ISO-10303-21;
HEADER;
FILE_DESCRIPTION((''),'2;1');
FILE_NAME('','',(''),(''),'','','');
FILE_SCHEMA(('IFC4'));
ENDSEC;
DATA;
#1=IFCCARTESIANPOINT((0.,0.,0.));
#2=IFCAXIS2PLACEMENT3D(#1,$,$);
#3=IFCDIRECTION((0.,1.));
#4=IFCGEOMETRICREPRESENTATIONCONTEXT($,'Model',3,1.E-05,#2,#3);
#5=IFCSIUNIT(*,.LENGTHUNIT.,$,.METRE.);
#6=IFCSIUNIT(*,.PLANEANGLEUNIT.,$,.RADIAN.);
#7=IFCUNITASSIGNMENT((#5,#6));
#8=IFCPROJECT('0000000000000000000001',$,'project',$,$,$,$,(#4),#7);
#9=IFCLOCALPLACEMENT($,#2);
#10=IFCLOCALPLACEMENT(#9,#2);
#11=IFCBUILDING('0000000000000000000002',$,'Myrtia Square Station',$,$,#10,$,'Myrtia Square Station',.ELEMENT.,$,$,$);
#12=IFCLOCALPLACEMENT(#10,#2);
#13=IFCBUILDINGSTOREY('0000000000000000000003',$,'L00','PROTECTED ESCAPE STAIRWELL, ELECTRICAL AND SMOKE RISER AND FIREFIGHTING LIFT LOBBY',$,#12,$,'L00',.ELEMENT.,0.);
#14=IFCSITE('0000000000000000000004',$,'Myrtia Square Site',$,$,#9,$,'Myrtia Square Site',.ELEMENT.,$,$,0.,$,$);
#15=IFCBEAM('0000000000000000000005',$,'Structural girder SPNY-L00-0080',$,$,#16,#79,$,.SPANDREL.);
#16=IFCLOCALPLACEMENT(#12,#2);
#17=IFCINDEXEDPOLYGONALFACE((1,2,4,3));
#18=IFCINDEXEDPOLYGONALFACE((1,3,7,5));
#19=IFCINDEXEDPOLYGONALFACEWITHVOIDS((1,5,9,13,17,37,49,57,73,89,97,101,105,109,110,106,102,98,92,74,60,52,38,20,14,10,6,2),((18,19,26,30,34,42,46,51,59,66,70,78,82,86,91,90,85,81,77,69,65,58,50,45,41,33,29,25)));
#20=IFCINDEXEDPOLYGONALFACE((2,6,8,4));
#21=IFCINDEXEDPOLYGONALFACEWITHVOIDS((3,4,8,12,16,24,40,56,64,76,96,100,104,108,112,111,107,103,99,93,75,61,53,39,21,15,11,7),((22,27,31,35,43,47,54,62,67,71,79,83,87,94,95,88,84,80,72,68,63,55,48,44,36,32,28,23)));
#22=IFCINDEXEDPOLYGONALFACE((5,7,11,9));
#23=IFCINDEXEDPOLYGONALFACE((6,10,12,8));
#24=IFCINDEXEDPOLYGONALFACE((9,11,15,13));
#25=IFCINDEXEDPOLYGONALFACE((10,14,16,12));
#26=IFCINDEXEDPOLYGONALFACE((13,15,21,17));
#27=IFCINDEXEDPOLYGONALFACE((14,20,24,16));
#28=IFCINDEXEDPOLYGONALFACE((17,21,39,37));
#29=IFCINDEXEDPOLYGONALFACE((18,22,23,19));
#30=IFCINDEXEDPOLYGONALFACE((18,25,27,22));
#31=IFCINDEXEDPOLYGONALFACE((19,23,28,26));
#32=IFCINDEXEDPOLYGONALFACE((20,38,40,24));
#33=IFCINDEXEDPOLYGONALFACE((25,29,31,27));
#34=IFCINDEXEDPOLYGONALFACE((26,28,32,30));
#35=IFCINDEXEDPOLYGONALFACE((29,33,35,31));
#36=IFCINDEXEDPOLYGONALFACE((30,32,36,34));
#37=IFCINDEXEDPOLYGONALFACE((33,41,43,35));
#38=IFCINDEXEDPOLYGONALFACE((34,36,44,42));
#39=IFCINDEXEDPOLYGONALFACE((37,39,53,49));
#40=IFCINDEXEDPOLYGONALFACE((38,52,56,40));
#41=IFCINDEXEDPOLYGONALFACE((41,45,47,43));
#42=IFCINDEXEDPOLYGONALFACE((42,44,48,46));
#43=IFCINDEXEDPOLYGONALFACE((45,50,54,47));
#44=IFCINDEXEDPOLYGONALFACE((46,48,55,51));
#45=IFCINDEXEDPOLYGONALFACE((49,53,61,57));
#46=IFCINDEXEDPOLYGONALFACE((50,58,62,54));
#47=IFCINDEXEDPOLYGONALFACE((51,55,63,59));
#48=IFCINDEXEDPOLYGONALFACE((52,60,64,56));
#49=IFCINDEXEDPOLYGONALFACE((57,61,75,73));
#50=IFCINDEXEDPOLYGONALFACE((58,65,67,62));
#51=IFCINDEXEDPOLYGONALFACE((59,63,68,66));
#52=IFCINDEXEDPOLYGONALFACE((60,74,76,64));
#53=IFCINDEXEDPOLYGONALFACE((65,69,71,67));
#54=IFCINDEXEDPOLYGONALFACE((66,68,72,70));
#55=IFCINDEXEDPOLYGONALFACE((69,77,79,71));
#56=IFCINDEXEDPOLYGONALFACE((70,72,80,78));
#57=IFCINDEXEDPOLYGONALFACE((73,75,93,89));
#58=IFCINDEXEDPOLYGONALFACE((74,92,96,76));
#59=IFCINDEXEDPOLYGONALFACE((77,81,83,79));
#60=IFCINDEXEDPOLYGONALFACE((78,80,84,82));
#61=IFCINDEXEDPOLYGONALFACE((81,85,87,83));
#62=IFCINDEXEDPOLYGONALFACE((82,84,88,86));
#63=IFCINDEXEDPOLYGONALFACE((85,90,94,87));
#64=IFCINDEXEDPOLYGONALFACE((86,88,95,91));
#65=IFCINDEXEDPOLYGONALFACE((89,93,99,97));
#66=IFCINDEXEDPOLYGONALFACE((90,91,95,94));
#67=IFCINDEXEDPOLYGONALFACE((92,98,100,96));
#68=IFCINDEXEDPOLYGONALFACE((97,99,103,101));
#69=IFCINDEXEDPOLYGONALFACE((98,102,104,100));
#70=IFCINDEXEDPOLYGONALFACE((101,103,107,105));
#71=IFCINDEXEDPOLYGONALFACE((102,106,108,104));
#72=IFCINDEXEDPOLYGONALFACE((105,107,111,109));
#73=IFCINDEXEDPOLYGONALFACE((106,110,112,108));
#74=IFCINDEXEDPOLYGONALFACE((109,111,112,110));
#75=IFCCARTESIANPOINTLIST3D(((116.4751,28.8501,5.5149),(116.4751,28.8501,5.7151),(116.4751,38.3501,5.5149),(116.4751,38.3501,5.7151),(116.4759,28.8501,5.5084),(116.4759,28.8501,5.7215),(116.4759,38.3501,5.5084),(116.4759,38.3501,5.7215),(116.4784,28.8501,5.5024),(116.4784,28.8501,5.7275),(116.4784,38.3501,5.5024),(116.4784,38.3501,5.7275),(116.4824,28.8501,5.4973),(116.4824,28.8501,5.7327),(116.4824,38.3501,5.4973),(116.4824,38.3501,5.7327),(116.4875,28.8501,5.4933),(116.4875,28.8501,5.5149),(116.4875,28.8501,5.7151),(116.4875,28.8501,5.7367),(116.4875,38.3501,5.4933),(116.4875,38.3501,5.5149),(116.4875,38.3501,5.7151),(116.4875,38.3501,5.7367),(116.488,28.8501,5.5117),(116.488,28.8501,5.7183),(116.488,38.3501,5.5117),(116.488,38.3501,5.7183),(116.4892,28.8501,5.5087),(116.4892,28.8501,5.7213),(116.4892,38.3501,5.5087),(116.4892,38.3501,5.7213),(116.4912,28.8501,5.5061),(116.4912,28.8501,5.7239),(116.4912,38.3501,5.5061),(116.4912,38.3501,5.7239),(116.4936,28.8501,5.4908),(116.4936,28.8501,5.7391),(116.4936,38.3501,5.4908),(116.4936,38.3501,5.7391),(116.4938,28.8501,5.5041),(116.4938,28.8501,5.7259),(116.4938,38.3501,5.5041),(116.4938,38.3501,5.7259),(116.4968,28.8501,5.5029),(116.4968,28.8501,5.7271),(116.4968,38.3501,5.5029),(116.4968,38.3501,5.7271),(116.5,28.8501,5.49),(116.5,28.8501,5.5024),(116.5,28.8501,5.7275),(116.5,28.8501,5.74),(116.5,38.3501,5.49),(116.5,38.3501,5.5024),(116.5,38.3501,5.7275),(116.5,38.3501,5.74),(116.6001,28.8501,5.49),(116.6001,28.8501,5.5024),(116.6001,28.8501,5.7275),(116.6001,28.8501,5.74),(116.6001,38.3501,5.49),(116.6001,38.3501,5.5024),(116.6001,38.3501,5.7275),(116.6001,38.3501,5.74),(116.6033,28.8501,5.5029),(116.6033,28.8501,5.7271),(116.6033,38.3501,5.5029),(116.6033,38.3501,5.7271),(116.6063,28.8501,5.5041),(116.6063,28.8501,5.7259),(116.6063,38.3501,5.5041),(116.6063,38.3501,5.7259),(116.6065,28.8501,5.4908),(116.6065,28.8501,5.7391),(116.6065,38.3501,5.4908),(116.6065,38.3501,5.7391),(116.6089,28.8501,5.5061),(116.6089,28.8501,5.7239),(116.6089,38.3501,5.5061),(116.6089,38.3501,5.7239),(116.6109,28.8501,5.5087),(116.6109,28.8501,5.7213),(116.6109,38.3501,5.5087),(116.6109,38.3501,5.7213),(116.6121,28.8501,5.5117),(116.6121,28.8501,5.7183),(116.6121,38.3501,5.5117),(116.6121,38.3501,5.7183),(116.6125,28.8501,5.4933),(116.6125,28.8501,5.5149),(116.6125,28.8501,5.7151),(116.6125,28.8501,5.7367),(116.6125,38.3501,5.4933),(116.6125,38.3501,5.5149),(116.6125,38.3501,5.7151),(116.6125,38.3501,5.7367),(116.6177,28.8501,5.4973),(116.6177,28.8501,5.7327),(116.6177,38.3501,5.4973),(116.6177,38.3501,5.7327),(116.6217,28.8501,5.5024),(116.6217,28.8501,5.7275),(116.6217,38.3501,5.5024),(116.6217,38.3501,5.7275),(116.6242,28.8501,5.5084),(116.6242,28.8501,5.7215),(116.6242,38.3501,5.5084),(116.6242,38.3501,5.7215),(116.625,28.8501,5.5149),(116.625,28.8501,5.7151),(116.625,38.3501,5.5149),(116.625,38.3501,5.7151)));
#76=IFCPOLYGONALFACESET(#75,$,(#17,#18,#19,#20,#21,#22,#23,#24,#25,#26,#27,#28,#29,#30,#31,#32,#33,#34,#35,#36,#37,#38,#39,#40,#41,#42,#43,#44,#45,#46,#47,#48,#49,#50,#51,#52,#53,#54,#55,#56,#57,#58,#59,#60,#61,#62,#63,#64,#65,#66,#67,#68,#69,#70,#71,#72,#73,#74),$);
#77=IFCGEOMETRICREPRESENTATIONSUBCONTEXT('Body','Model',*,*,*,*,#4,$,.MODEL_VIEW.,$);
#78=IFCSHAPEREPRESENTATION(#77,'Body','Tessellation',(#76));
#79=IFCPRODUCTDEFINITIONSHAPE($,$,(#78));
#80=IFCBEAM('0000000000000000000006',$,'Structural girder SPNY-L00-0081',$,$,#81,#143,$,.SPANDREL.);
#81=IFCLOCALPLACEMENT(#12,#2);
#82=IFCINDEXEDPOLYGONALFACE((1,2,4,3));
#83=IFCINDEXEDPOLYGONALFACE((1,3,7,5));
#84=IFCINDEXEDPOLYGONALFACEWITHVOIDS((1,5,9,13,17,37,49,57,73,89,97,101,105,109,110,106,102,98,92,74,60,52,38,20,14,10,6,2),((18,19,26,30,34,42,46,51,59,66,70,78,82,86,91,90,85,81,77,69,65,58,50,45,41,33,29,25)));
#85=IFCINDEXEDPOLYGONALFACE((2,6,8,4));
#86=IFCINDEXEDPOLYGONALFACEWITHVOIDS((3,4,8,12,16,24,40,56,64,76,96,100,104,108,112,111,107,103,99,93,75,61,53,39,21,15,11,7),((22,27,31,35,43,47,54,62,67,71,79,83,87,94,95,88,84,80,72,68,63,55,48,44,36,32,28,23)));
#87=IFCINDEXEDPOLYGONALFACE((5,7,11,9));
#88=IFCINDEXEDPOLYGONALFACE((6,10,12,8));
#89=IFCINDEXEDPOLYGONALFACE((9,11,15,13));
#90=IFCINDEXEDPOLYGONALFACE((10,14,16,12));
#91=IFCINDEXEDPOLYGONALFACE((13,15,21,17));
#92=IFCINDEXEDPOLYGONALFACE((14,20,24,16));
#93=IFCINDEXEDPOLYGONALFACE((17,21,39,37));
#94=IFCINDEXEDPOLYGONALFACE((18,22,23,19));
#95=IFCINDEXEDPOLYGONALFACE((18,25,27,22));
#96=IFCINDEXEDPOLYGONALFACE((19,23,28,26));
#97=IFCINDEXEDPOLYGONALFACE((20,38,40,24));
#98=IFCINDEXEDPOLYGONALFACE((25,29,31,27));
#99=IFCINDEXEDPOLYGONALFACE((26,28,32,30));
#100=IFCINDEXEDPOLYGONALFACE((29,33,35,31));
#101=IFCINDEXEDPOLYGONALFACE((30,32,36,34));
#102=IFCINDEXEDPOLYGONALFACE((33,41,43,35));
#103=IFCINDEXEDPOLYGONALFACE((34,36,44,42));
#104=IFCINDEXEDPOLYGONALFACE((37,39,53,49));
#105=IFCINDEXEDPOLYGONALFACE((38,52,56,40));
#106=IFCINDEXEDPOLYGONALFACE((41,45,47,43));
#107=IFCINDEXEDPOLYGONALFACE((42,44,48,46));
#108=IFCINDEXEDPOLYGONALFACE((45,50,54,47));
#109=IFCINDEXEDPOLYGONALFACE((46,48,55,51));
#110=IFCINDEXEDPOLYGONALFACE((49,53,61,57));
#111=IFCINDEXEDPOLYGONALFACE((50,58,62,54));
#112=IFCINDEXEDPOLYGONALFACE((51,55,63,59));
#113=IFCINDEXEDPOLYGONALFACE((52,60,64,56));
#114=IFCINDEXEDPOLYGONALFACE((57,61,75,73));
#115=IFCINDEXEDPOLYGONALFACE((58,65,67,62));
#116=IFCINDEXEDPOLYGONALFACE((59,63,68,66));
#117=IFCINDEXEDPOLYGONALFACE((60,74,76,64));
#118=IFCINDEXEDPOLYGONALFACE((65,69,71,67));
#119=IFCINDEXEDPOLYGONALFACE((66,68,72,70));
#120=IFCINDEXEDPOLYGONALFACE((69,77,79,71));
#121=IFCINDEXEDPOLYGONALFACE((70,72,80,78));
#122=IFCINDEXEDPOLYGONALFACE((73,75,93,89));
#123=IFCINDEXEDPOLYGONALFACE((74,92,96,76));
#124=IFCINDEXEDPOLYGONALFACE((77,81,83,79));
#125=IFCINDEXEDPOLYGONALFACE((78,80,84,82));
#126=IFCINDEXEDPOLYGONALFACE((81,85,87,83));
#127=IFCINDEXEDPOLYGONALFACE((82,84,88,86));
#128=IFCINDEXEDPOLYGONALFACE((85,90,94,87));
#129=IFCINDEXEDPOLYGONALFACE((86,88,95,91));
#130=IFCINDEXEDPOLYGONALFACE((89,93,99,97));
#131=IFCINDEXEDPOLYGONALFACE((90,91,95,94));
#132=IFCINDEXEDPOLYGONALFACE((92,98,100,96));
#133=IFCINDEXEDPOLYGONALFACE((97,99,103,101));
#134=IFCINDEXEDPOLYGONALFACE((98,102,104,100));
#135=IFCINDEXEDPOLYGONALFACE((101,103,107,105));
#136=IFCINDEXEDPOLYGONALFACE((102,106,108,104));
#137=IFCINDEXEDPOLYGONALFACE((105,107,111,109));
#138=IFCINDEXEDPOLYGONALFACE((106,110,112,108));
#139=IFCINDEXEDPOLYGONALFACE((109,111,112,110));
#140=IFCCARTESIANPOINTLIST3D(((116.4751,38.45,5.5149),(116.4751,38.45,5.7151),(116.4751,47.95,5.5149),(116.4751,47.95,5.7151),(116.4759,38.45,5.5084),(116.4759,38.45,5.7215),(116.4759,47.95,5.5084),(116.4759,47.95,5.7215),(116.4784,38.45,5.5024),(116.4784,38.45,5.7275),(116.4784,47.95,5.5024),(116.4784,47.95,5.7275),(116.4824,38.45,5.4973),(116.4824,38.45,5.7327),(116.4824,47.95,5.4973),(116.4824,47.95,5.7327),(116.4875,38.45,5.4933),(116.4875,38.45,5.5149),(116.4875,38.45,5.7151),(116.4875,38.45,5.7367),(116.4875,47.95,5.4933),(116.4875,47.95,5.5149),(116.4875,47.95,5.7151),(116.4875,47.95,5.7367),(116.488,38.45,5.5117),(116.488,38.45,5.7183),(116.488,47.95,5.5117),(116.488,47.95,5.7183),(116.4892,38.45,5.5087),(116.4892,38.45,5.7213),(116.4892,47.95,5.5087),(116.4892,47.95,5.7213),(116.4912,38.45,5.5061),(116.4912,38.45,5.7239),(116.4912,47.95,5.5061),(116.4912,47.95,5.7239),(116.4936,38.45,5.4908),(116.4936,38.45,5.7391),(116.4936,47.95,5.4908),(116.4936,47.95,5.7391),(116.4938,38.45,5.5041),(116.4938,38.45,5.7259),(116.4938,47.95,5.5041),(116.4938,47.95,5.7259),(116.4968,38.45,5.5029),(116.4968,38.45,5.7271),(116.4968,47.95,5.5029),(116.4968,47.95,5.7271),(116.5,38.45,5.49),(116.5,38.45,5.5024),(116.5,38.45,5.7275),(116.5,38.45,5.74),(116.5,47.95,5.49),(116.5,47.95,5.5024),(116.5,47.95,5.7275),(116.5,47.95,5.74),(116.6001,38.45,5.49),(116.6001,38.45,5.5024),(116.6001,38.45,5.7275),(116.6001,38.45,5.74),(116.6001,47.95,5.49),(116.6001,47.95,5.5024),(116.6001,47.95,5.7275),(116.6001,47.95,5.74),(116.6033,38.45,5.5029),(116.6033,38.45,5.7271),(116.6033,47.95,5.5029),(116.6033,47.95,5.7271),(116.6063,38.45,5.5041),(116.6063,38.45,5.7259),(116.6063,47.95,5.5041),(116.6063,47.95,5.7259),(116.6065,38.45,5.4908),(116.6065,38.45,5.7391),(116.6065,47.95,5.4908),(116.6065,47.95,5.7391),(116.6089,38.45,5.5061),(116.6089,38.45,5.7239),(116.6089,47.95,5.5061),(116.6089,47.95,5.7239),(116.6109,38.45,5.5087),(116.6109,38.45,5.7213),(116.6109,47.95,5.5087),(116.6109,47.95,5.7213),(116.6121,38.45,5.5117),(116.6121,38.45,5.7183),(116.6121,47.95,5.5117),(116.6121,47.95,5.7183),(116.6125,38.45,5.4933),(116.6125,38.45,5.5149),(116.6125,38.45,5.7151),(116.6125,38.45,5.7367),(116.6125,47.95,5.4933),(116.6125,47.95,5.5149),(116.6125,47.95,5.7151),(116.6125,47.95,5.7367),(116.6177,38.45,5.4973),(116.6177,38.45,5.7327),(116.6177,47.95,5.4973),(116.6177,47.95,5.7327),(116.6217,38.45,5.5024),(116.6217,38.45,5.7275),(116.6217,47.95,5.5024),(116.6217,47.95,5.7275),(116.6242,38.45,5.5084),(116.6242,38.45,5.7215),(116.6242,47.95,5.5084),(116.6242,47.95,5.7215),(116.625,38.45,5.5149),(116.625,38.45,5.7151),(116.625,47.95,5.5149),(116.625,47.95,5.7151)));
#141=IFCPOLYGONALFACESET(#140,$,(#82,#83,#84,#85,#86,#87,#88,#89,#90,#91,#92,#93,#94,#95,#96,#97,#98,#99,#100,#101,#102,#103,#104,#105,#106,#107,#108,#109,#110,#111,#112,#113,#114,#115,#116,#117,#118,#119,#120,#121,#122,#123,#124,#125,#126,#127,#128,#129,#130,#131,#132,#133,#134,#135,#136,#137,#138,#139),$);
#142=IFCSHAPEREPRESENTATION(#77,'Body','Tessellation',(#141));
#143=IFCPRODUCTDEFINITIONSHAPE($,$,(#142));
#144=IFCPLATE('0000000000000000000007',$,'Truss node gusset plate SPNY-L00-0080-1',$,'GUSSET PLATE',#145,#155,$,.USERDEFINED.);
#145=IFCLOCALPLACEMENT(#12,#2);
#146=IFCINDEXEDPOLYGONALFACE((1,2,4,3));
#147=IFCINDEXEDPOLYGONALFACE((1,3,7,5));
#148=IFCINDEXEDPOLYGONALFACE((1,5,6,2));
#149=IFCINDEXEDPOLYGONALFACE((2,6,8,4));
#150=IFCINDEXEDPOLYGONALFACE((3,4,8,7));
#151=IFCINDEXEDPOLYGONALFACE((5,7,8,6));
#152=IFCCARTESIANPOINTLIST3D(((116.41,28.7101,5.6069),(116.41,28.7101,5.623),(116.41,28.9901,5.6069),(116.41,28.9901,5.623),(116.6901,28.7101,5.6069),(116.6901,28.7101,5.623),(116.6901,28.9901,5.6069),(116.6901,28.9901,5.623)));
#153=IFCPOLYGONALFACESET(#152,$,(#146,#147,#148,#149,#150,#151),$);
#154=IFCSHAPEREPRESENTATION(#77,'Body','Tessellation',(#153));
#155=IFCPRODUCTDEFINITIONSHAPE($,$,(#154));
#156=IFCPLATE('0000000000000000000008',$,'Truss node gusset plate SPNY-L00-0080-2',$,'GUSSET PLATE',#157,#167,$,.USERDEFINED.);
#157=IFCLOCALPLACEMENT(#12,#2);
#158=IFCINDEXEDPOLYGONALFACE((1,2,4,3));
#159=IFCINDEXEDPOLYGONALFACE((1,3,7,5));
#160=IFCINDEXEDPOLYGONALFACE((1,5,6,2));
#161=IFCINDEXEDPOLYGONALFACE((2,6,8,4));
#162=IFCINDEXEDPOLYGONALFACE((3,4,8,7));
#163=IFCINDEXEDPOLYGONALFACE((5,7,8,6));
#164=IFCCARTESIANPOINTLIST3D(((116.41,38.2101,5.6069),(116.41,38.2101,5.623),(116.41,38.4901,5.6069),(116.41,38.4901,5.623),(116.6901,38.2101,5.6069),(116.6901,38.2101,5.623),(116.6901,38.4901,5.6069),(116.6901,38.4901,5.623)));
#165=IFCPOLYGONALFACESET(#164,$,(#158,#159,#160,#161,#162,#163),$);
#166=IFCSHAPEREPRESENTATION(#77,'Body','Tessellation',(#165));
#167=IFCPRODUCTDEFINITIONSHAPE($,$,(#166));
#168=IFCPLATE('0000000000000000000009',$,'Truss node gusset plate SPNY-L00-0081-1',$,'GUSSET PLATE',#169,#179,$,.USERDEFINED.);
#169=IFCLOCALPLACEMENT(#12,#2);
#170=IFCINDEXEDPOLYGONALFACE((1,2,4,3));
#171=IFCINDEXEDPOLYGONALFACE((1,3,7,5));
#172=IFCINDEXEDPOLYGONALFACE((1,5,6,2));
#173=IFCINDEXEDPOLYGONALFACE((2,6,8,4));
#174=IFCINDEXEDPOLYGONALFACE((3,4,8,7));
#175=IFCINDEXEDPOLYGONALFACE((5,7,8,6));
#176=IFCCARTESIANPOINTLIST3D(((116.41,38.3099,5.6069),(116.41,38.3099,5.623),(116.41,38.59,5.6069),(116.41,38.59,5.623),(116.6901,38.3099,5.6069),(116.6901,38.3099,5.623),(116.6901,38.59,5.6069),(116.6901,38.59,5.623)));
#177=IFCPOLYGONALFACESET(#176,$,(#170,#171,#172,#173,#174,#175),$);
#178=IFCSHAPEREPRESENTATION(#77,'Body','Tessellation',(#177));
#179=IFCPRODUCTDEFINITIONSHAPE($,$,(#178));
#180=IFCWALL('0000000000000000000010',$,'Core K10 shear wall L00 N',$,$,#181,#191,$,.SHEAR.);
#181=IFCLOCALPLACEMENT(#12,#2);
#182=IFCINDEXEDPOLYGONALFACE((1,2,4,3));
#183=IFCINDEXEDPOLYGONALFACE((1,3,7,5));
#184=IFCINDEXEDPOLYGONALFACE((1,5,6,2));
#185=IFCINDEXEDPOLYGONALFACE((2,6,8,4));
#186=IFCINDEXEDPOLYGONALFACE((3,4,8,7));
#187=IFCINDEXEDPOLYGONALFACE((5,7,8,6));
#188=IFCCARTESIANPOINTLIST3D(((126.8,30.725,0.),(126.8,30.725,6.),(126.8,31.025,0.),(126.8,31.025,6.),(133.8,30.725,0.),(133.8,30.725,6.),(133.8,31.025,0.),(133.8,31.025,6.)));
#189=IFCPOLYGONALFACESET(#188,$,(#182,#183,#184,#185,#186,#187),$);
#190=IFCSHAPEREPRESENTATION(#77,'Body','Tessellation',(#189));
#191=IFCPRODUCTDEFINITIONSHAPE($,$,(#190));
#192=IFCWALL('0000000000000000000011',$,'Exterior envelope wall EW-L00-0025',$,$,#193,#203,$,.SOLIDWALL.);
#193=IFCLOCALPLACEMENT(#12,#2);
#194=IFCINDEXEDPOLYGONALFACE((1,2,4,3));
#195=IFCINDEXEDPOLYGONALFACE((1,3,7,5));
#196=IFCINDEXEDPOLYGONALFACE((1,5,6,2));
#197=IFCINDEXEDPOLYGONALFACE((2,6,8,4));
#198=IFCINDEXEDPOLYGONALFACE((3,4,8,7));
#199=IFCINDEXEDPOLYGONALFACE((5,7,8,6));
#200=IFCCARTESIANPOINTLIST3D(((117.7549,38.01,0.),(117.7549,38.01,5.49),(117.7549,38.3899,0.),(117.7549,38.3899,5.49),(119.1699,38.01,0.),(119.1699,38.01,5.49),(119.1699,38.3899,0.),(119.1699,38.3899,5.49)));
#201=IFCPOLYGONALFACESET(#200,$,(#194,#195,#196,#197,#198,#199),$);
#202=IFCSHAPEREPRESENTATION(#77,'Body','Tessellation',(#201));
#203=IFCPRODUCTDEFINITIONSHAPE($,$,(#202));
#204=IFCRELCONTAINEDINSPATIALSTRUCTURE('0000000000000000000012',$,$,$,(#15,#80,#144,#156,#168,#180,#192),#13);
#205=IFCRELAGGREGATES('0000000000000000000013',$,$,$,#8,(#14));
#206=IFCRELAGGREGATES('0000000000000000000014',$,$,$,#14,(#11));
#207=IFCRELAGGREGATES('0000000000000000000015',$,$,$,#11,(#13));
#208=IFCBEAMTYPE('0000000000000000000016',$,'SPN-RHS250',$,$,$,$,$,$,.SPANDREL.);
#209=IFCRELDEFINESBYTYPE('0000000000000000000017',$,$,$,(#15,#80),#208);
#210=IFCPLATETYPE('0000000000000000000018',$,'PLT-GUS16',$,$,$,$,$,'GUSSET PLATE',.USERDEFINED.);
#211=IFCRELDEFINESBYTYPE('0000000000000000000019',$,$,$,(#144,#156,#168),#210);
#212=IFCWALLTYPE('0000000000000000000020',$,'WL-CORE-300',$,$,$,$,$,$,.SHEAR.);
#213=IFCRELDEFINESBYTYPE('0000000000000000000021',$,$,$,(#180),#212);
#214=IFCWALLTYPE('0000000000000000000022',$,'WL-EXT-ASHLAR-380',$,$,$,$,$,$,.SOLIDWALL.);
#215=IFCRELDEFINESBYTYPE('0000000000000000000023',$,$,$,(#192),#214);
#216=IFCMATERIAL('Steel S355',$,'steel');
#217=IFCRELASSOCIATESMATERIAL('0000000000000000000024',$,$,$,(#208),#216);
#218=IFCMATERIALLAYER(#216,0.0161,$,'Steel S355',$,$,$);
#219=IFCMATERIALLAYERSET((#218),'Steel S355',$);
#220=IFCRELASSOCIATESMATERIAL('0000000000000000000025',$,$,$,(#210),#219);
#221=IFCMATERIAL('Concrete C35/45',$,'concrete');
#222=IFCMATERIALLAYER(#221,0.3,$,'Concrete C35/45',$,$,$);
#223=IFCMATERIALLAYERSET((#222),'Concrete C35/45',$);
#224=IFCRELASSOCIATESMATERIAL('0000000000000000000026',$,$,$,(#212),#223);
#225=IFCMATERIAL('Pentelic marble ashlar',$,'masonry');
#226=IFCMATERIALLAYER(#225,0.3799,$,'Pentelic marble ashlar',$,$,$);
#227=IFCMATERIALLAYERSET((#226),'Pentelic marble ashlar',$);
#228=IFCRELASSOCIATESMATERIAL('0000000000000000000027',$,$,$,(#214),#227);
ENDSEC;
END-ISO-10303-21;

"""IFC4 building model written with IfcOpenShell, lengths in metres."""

from ifc_helpers import new_model, si_unit, direction, frame, frame_2d, origin, origin_2d, place, context, subcontext, project, spatial, rectangle, hollow_rectangle, extrude, material, layer, layer_set, material_profile, profile_set, type_object, element, save


model = new_model("IFC4")

# Units and contexts
model_context = context("Model", 3, precision=1e-05, world=origin(), true_north=direction((0.0, 1.0)))
body_context = subcontext(model_context, "Body", "Model", "MODEL_VIEW")
ifc_project = project(units=[si_unit("LENGTHUNIT", "METRE"), si_unit("PLANEANGLEUNIT", "RADIAN")], contexts=[model_context])

# Site, building, storey
site_placement = place(None, origin())
site = spatial("IfcSite", under=ifc_project, at=site_placement, Name="Myrtia Square Site", LongName="Myrtia Square Site", CompositionType="ELEMENT", RefElevation=0.0)
building_placement = place(site_placement, origin())
building = spatial("IfcBuilding", under=site, at=building_placement, Name="Myrtia Square Station", LongName="Myrtia Square Station", CompositionType="ELEMENT")
storey_placement = place(building_placement, origin())
storey = spatial("IfcBuildingStorey", under=building, at=storey_placement, Name="L00", Description="PROTECTED ESCAPE STAIRWELL, ELECTRICAL AND SMOKE RISER AND FIREFIGHTING LIFT LOBBY", LongName="L00", CompositionType="ELEMENT", Elevation=0.0)

# Shared definitions
ifc_material_1 = material(Name="Steel S355", Category="steel")

# Beams
ifc_material_profile_1 = material_profile(ifc_material_1, hollow_rectangle(XDim=0.1499, YDim=0.25, WallThickness=0.0125, InnerFilletRadius=0.0125, OuterFilletRadius=0.0249, at=origin_2d()), Name="RHS 250x150x12.5")
ifc_profile_set_1 = profile_set([ifc_material_profile_1], Name="Steel S355")
beam_type_1 = type_object("IfcBeamType", Name="SPN-RHS250", PredefinedType="SPANDREL", material=ifc_profile_set_1)
for number, where, z_axis, x_axis, name in (
    (1, (116.55, 28.8501, 5.615), (0.0, 1.0, 0.0), (-1.0, 0.0, 0.0), "Structural girder SPNY-L00-0080"),
    (2, (116.55, 38.45, 5.615), (0.0, 1.0, 0.0), (-1.0, 0.0, 0.0), "Structural girder SPNY-L00-0081"),
):
    element("IfcBeam", number, at=place(storey_placement, frame(where, z_axis=z_axis, x_axis=x_axis)), inside=storey, type_object=beam_type_1, Name=name, PredefinedType="SPANDREL", context=body_context, shape_type="SweptSolid", body=[
        extrude(hollow_rectangle(XDim=0.1499, YDim=0.25, WallThickness=0.0125, InnerFilletRadius=0.0125, OuterFilletRadius=0.0249, at=origin_2d()), origin(), (0.0, 0.0, 1.0), 9.5),
    ])

# Plates
ifc_layer_1 = layer(ifc_material_1, 0.0161, Name="Steel S355")
ifc_layer_set_1 = layer_set([ifc_layer_1], Name="Steel S355")
plate_type = type_object("IfcPlateType", Name="PLT-GUS16", ElementType="GUSSET PLATE", PredefinedType="USERDEFINED", material=ifc_layer_set_1)
for number, where, z_axis, x_axis, name in (
    (3, (116.55, 28.8501, 5.6069), (0.0, 0.0, 1.0), (0.0, 1.0, 0.0), "Truss node gusset plate SPNY-L00-0080-1"),
    (4, (116.55, 38.3501, 5.6069), (0.0, 0.0, 1.0), (0.0, 1.0, 0.0), "Truss node gusset plate SPNY-L00-0080-2"),
    (5, (116.55, 38.45, 5.6069), (0.0, 0.0, 1.0), (0.0, 1.0, 0.0), "Truss node gusset plate SPNY-L00-0081-1"),
):
    element("IfcPlate", number, at=place(storey_placement, frame(where, z_axis=z_axis, x_axis=x_axis)), inside=storey, type_object=plate_type, Name=name, ObjectType="GUSSET PLATE", PredefinedType="USERDEFINED", context=body_context, shape_type="SweptSolid", body=[
        extrude(rectangle(XDim=0.28, YDim=0.28, at=origin_2d()), origin(), (0.0, 0.0, 1.0), 0.0161),
    ])

# Walls
ifc_material_2 = material(Name="Concrete C35/45", Category="concrete")
ifc_layer_2 = layer(ifc_material_2, 0.3, Name="Concrete C35/45")
ifc_layer_set_2 = layer_set([ifc_layer_2], Name="Concrete C35/45")
wall_type_1 = type_object("IfcWallType", Name="WL-CORE-300", PredefinedType="SHEAR", material=ifc_layer_set_2)
wall_1_placement = place(storey_placement, frame((126.8, 30.875, 0.0), z_axis=(0.0, 0.0, 1.0), x_axis=(1.0, 0.0, 0.0)))
element("IfcWall", 6, at=wall_1_placement, inside=storey, type_object=wall_type_1, Name="Core K10 shear wall L00 N", PredefinedType="SHEAR", context=body_context, shape_type="SweptSolid", body=[
    extrude(rectangle(XDim=7.0, YDim=0.3, at=frame_2d((3.5, 0.0))), origin(), (0.0, 0.0, 1.0), 6.0),
])
ifc_material_3 = material(Name="Pentelic marble ashlar", Category="masonry")
ifc_layer_3 = layer(ifc_material_3, 0.3799, Name="Pentelic marble ashlar")
ifc_layer_set_3 = layer_set([ifc_layer_3], Name="Pentelic marble ashlar")
wall_type_2 = type_object("IfcWallType", Name="WL-EXT-ASHLAR-380", PredefinedType="SOLIDWALL", material=ifc_layer_set_3)
wall_2_placement = place(storey_placement, frame((117.7549, 38.2, 0.0), z_axis=(0.0, 0.0, 1.0), x_axis=(1.0, 0.0, 0.0)))
element("IfcWall", 7, at=wall_2_placement, inside=storey, type_object=wall_type_2, Name="Exterior envelope wall EW-L00-0025", PredefinedType="SOLIDWALL", context=body_context, shape_type="SweptSolid", body=[
    extrude(rectangle(XDim=1.415, YDim=0.3799, at=frame_2d((0.7075, 0.0))), origin(), (0.0, 0.0, 1.0), 5.49),
])

save(model, "model.ifc")
